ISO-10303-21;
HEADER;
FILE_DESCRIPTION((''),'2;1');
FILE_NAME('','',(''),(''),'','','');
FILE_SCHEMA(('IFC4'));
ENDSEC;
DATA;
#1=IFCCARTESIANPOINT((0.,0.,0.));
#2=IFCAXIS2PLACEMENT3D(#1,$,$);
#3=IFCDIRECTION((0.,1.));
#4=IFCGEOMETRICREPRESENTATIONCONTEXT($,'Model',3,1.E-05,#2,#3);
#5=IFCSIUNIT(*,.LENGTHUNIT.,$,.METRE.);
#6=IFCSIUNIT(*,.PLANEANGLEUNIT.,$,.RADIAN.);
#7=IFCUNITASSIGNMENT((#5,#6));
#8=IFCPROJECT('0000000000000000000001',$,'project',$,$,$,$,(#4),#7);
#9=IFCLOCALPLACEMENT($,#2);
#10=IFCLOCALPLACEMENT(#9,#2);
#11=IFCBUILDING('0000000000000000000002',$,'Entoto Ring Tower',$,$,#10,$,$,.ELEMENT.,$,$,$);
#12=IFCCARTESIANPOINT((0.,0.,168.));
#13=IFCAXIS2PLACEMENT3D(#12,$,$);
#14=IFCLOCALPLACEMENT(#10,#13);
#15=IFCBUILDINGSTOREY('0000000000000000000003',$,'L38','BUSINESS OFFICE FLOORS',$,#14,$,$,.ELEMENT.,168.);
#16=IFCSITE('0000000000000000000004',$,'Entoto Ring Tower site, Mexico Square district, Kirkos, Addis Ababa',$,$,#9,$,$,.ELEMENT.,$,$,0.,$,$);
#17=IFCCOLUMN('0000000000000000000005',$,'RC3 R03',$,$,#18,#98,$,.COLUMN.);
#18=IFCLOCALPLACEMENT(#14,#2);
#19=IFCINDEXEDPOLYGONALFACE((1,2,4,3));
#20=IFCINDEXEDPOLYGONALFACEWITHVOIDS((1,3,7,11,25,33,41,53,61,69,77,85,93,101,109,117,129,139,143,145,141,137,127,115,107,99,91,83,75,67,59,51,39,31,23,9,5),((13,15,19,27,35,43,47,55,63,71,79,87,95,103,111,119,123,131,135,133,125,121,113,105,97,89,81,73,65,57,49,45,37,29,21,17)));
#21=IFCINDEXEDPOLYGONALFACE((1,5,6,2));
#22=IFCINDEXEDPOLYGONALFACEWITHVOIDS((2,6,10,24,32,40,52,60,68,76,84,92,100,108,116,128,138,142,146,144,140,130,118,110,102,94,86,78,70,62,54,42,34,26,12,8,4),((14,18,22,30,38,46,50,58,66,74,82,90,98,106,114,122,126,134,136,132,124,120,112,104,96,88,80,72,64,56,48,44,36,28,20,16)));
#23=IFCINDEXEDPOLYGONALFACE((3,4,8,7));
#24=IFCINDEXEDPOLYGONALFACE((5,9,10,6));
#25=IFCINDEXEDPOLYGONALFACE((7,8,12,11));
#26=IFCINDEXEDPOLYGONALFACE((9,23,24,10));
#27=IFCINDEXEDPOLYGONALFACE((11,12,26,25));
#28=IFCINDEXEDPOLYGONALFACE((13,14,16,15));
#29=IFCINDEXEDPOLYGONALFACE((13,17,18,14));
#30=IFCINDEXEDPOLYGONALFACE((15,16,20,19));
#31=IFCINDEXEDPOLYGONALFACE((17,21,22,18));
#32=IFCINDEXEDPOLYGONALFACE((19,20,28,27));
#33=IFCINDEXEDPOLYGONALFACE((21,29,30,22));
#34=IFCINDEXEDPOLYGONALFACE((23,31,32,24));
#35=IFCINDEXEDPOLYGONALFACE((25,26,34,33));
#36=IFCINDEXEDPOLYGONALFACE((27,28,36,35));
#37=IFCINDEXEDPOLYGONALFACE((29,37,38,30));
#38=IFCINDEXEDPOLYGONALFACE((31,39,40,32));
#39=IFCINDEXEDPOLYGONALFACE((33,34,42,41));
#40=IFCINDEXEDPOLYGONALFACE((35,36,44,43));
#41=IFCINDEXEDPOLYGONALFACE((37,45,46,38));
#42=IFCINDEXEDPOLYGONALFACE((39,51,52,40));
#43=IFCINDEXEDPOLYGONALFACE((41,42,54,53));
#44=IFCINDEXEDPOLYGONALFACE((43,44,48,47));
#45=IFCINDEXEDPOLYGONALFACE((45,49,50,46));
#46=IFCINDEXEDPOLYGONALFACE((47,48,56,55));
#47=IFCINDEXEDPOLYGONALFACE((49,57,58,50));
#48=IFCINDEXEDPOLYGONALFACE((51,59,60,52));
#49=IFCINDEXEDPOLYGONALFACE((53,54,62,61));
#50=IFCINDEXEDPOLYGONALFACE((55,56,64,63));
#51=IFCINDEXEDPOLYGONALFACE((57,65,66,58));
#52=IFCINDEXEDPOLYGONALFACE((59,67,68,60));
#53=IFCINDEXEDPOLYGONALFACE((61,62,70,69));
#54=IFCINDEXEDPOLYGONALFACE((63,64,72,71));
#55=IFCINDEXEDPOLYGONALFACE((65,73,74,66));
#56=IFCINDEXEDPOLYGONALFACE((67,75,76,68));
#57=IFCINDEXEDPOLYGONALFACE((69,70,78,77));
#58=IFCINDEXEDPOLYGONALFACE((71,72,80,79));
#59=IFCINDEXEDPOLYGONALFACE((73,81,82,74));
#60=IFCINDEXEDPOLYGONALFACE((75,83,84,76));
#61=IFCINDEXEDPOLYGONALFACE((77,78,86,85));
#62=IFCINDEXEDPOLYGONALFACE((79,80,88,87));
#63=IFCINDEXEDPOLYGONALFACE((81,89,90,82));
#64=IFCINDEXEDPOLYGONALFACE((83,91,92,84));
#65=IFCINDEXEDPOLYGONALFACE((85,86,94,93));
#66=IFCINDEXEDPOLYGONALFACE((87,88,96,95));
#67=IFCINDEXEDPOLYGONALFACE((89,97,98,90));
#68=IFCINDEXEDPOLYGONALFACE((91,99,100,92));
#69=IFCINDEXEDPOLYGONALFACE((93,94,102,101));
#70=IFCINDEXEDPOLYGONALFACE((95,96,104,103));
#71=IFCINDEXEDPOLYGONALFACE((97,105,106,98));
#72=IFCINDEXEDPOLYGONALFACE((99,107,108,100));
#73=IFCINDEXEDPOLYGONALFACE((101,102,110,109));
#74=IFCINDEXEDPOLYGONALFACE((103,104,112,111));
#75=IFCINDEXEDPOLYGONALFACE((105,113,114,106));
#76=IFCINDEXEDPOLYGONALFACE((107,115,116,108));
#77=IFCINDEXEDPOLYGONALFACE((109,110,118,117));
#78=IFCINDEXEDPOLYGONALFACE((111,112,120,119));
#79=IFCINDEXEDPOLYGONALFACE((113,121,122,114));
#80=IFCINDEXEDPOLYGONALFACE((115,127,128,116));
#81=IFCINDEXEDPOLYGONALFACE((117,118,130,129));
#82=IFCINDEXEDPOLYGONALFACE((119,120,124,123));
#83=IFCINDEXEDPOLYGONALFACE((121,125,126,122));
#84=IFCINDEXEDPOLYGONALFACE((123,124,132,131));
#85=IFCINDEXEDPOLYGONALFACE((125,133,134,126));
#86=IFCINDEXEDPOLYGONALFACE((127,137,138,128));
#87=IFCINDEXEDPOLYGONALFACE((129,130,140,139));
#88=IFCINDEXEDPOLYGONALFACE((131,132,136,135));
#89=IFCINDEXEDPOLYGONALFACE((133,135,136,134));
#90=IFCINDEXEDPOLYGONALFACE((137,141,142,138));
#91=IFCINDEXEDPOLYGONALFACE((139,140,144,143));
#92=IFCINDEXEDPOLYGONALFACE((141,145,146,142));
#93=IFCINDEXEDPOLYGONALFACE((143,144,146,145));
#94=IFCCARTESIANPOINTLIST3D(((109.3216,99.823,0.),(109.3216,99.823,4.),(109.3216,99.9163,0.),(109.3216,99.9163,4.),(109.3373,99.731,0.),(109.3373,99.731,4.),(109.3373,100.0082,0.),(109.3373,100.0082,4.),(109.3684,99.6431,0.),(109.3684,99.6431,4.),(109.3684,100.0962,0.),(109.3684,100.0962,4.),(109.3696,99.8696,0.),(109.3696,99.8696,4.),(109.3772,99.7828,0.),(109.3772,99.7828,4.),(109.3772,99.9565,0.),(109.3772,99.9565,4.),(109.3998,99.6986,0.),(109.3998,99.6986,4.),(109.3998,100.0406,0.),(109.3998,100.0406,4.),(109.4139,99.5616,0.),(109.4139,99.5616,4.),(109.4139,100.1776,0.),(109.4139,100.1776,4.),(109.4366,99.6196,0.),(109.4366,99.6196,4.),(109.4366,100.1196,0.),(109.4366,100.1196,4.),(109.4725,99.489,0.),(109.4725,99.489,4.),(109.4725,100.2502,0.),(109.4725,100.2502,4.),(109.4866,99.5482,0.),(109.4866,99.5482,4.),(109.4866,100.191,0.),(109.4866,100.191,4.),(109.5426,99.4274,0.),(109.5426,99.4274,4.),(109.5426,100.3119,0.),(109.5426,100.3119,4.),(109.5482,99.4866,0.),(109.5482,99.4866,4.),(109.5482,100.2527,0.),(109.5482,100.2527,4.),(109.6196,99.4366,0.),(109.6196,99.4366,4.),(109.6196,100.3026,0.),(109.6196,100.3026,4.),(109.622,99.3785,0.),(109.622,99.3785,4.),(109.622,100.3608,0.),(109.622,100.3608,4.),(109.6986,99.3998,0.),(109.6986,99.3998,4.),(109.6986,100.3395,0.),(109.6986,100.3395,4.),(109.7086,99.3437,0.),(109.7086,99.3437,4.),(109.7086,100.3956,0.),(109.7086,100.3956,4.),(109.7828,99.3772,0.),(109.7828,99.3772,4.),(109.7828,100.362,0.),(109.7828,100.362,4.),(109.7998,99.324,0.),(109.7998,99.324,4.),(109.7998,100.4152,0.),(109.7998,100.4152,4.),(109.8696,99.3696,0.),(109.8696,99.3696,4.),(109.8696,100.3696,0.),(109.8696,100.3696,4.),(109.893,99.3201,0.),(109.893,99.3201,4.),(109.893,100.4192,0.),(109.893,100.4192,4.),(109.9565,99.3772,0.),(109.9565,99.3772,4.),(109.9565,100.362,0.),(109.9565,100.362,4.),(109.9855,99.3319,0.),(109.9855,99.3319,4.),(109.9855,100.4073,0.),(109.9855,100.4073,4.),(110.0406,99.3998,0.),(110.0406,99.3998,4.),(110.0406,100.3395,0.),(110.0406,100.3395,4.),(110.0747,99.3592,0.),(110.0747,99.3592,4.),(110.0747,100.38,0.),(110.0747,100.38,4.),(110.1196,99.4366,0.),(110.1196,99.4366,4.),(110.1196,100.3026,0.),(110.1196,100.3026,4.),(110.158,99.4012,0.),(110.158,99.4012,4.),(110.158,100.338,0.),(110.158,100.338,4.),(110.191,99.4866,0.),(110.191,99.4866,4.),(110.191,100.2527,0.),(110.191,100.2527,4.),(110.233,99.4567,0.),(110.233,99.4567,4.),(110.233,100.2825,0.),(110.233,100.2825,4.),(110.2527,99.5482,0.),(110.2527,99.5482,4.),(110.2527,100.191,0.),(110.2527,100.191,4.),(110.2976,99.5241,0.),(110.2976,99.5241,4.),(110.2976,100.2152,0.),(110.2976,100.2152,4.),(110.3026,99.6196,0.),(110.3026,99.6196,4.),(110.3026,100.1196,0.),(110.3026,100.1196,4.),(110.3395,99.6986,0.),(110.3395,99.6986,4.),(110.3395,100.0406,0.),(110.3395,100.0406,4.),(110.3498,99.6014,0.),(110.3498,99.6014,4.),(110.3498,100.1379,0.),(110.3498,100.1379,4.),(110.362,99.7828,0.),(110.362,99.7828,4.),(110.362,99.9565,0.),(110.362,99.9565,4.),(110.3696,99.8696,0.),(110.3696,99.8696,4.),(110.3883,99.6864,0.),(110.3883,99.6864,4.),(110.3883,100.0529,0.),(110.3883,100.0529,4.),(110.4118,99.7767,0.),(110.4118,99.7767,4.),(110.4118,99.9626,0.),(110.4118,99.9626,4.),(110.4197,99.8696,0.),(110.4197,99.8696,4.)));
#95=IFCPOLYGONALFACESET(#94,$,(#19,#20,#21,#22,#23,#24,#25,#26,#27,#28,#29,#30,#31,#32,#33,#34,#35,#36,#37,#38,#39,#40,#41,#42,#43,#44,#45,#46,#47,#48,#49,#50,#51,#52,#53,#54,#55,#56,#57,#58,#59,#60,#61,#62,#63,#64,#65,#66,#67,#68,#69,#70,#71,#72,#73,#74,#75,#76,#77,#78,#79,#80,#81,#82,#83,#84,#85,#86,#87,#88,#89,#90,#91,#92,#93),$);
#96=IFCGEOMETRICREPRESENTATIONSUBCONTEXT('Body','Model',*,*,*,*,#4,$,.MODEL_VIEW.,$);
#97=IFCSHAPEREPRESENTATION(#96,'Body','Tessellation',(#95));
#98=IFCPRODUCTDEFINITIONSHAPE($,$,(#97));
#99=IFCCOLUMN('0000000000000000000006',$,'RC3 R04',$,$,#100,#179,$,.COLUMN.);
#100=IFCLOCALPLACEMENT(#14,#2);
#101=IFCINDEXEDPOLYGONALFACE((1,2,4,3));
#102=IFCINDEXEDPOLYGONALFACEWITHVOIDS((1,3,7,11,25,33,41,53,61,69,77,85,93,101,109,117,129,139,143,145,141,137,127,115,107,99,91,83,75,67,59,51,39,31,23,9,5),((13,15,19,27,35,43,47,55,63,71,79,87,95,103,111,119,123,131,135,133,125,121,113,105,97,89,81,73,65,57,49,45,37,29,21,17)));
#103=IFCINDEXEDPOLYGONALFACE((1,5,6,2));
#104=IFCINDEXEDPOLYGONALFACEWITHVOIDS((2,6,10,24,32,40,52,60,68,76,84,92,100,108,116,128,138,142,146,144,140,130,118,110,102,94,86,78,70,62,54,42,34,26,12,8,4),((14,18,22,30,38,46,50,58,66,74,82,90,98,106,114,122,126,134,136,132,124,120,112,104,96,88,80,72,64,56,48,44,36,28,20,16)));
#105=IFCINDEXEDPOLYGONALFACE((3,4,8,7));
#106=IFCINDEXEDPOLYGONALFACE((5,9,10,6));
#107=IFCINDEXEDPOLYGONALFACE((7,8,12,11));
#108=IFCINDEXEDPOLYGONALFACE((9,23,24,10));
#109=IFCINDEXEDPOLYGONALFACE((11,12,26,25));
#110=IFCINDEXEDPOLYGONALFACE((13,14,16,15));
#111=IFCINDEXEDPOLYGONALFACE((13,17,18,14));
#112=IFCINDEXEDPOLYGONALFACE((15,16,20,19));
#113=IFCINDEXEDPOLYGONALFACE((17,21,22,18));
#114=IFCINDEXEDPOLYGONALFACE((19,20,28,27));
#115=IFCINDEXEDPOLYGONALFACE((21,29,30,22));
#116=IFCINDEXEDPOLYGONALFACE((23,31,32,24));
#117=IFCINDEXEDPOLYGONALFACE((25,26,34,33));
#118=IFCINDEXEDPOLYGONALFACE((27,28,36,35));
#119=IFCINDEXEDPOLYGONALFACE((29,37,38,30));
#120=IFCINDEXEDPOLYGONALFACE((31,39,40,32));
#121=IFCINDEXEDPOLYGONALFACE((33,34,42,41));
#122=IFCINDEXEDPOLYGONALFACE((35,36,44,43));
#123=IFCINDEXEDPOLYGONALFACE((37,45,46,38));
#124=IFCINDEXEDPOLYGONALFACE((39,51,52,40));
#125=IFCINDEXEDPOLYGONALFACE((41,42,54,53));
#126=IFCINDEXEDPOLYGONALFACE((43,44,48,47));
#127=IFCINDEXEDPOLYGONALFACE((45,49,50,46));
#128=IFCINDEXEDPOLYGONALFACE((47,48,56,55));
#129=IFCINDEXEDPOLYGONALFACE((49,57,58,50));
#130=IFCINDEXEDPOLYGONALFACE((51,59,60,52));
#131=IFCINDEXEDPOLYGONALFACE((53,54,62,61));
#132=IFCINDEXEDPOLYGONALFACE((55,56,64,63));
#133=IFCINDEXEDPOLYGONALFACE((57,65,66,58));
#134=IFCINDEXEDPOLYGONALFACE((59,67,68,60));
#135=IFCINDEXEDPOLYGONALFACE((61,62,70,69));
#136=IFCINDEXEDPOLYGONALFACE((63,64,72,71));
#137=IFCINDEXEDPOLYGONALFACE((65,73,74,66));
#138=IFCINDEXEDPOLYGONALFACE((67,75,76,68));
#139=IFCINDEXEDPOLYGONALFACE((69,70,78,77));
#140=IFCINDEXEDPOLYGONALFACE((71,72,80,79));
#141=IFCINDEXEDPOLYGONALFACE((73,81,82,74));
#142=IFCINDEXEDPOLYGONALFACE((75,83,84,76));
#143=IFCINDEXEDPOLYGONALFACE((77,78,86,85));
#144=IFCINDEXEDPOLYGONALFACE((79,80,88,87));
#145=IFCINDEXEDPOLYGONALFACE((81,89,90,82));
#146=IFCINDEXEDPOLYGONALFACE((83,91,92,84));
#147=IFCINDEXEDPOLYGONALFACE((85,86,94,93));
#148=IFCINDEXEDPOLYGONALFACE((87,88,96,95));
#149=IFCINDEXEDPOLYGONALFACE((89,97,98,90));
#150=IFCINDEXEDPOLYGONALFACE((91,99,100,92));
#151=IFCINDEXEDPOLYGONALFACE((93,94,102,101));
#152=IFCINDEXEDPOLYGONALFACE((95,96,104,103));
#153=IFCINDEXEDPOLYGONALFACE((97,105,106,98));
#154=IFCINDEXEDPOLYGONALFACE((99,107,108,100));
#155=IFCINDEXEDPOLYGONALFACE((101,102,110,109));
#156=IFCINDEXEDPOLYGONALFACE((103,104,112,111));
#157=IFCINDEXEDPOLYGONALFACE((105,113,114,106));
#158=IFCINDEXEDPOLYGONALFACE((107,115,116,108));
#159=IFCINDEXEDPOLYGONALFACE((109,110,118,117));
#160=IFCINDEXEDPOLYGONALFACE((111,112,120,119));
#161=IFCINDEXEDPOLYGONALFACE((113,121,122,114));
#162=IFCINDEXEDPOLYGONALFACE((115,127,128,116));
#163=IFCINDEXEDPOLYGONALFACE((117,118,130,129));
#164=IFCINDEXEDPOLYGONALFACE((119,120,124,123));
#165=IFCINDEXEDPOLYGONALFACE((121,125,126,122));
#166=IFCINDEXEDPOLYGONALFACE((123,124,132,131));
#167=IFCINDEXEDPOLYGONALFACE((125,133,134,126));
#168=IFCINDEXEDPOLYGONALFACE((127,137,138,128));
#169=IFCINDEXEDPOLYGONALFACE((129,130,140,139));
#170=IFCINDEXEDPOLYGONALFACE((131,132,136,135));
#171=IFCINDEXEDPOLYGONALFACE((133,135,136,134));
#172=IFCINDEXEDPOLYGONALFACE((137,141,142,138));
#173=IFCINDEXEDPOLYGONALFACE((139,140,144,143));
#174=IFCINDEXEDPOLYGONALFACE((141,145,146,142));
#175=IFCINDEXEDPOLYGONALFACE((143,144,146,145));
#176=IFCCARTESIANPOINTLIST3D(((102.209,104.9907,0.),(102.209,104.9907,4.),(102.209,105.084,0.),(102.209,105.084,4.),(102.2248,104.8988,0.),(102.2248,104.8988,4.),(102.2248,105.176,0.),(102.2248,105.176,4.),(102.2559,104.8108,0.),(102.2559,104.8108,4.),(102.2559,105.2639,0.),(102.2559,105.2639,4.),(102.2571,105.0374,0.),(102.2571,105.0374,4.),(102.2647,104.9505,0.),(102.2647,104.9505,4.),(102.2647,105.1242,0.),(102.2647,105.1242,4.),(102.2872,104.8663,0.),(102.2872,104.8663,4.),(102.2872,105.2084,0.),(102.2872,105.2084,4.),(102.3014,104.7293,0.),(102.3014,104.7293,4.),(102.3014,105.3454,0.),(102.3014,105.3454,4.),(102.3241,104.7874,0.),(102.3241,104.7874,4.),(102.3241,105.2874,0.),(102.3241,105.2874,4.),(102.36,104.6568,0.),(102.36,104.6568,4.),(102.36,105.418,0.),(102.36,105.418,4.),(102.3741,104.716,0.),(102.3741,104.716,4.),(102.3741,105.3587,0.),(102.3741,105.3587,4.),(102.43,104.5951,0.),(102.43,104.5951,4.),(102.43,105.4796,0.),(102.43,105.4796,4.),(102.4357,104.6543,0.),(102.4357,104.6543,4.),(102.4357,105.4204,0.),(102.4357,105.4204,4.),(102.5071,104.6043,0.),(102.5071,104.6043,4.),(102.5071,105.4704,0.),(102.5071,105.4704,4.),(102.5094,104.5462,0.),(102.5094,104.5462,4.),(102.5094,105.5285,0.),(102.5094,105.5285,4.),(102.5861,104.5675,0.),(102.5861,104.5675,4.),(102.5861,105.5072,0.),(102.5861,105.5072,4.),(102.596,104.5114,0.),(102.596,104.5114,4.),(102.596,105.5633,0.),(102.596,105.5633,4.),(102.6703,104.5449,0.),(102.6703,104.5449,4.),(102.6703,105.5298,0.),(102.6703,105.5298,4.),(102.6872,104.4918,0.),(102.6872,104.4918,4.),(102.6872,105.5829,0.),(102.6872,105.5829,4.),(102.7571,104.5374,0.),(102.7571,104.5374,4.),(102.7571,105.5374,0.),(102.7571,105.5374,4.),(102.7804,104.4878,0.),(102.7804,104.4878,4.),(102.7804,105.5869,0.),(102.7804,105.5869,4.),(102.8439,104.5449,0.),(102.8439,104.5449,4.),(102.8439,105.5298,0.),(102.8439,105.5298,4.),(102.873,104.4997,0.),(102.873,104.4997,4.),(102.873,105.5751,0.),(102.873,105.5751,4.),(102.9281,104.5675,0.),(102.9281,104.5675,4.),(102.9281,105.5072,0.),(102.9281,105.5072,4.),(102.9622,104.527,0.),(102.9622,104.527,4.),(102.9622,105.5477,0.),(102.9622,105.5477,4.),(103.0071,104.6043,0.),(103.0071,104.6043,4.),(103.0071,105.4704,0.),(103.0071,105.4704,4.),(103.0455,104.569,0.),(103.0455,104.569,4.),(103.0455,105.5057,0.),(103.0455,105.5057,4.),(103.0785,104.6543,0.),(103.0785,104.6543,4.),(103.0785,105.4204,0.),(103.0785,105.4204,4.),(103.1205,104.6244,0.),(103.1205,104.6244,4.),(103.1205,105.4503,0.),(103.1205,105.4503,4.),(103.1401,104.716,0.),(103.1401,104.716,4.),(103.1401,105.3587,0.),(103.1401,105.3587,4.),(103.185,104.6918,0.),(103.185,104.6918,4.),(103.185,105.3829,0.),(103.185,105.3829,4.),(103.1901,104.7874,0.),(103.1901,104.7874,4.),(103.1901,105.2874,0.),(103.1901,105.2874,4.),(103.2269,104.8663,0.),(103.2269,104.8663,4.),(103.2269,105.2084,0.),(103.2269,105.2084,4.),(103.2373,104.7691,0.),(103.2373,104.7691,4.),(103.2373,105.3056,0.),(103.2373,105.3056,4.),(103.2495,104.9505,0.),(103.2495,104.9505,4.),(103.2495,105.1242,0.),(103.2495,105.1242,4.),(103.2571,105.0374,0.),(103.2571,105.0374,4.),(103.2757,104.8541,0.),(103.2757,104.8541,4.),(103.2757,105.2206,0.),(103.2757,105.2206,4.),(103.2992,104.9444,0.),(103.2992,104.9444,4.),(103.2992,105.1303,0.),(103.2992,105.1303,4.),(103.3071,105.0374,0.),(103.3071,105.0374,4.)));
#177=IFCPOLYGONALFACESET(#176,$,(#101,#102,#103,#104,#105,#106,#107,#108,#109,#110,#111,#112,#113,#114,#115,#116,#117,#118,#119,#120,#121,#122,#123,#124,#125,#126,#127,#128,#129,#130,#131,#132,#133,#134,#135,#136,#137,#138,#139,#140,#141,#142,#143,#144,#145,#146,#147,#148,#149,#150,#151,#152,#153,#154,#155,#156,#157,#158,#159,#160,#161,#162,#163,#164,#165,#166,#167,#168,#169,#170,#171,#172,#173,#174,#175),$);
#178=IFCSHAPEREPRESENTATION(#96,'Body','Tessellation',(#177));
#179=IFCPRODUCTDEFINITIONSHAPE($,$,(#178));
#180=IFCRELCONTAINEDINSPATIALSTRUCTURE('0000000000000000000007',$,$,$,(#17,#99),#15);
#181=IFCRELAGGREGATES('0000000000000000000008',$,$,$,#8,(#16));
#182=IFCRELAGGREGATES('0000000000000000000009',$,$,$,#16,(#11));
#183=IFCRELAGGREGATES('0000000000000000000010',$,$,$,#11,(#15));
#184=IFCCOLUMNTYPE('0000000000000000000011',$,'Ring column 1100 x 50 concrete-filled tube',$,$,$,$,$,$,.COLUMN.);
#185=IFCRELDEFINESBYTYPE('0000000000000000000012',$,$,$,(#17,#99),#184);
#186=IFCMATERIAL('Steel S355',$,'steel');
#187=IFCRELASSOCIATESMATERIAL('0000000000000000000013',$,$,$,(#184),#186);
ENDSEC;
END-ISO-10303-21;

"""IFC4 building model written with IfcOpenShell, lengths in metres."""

from ifc_helpers import new_model, si_unit, direction, frame, origin, origin_2d, place, context, subcontext, project, spatial, circle, hollow_circle, extrude, material, material_profile, profile_set, type_object, element, save


model = new_model("IFC4")

# Units and contexts
model_context = context("Model", 3, precision=1e-05, world=origin(), true_north=direction((0.0, 1.0)))
body_context = subcontext(model_context, "Body", "Model", "MODEL_VIEW")
ifc_project = project(units=[si_unit("LENGTHUNIT", "METRE"), si_unit("PLANEANGLEUNIT", "RADIAN")], contexts=[model_context])

# Site, building, storey
site_placement = place(None, origin())
site = spatial("IfcSite", under=ifc_project, at=site_placement, Name="Entoto Ring Tower site, Mexico Square district, Kirkos, Addis Ababa", CompositionType="ELEMENT", RefElevation=0.0)
building_placement = place(site_placement, origin())
building = spatial("IfcBuilding", under=site, at=building_placement, Name="Entoto Ring Tower", CompositionType="ELEMENT")
storey_placement = place(building_placement, frame((0.0, 0.0, 168.0)))
storey = spatial("IfcBuildingStorey", under=building, at=storey_placement, Name="L38", Description="BUSINESS OFFICE FLOORS", CompositionType="ELEMENT", Elevation=168.0)

# Columns
ifc_material_1 = material(Name="Steel S355", Category="steel")
ifc_material_profile_1 = material_profile(ifc_material_1, hollow_circle(Radius=0.55, WallThickness=0.05, at=origin_2d()), Name="CHS 1100 x 50")
ifc_material_2 = material(Name="Concrete C60/75", Category="concrete")
ifc_material_profile_2 = material_profile(ifc_material_2, circle(Radius=0.5, at=origin_2d()), Name="Concrete C60/75 infill")
ifc_profile_set_1 = profile_set([ifc_material_profile_1, ifc_material_profile_2], Name="Steel S355")
column_type = type_object("IfcColumnType", Name="Ring column 1100 x 50 concrete-filled tube", PredefinedType="COLUMN", material=ifc_profile_set_1)
for number, where, z_axis, x_axis, name in (
    (1, (109.8696, 99.8696, 0.0), (0.0, 0.0, 1.0), (1.0, 0.0, 0.0), "RC3 R03"),
    (2, (102.7571, 105.0374, 0.0), (0.0, 0.0, 1.0), (1.0, 0.0, 0.0), "RC3 R04"),
):
    element("IfcColumn", number, at=place(storey_placement, frame(where, z_axis=z_axis, x_axis=x_axis)), inside=storey, type_object=column_type, Name=name, PredefinedType="COLUMN", context=body_context, shape_type="SweptSolid", body=[
        extrude(hollow_circle(Radius=0.55, WallThickness=0.05, at=origin_2d()), origin(), (0.0, 0.0, 1.0), 4.0),
    ])

save(model, "model.ifc")
